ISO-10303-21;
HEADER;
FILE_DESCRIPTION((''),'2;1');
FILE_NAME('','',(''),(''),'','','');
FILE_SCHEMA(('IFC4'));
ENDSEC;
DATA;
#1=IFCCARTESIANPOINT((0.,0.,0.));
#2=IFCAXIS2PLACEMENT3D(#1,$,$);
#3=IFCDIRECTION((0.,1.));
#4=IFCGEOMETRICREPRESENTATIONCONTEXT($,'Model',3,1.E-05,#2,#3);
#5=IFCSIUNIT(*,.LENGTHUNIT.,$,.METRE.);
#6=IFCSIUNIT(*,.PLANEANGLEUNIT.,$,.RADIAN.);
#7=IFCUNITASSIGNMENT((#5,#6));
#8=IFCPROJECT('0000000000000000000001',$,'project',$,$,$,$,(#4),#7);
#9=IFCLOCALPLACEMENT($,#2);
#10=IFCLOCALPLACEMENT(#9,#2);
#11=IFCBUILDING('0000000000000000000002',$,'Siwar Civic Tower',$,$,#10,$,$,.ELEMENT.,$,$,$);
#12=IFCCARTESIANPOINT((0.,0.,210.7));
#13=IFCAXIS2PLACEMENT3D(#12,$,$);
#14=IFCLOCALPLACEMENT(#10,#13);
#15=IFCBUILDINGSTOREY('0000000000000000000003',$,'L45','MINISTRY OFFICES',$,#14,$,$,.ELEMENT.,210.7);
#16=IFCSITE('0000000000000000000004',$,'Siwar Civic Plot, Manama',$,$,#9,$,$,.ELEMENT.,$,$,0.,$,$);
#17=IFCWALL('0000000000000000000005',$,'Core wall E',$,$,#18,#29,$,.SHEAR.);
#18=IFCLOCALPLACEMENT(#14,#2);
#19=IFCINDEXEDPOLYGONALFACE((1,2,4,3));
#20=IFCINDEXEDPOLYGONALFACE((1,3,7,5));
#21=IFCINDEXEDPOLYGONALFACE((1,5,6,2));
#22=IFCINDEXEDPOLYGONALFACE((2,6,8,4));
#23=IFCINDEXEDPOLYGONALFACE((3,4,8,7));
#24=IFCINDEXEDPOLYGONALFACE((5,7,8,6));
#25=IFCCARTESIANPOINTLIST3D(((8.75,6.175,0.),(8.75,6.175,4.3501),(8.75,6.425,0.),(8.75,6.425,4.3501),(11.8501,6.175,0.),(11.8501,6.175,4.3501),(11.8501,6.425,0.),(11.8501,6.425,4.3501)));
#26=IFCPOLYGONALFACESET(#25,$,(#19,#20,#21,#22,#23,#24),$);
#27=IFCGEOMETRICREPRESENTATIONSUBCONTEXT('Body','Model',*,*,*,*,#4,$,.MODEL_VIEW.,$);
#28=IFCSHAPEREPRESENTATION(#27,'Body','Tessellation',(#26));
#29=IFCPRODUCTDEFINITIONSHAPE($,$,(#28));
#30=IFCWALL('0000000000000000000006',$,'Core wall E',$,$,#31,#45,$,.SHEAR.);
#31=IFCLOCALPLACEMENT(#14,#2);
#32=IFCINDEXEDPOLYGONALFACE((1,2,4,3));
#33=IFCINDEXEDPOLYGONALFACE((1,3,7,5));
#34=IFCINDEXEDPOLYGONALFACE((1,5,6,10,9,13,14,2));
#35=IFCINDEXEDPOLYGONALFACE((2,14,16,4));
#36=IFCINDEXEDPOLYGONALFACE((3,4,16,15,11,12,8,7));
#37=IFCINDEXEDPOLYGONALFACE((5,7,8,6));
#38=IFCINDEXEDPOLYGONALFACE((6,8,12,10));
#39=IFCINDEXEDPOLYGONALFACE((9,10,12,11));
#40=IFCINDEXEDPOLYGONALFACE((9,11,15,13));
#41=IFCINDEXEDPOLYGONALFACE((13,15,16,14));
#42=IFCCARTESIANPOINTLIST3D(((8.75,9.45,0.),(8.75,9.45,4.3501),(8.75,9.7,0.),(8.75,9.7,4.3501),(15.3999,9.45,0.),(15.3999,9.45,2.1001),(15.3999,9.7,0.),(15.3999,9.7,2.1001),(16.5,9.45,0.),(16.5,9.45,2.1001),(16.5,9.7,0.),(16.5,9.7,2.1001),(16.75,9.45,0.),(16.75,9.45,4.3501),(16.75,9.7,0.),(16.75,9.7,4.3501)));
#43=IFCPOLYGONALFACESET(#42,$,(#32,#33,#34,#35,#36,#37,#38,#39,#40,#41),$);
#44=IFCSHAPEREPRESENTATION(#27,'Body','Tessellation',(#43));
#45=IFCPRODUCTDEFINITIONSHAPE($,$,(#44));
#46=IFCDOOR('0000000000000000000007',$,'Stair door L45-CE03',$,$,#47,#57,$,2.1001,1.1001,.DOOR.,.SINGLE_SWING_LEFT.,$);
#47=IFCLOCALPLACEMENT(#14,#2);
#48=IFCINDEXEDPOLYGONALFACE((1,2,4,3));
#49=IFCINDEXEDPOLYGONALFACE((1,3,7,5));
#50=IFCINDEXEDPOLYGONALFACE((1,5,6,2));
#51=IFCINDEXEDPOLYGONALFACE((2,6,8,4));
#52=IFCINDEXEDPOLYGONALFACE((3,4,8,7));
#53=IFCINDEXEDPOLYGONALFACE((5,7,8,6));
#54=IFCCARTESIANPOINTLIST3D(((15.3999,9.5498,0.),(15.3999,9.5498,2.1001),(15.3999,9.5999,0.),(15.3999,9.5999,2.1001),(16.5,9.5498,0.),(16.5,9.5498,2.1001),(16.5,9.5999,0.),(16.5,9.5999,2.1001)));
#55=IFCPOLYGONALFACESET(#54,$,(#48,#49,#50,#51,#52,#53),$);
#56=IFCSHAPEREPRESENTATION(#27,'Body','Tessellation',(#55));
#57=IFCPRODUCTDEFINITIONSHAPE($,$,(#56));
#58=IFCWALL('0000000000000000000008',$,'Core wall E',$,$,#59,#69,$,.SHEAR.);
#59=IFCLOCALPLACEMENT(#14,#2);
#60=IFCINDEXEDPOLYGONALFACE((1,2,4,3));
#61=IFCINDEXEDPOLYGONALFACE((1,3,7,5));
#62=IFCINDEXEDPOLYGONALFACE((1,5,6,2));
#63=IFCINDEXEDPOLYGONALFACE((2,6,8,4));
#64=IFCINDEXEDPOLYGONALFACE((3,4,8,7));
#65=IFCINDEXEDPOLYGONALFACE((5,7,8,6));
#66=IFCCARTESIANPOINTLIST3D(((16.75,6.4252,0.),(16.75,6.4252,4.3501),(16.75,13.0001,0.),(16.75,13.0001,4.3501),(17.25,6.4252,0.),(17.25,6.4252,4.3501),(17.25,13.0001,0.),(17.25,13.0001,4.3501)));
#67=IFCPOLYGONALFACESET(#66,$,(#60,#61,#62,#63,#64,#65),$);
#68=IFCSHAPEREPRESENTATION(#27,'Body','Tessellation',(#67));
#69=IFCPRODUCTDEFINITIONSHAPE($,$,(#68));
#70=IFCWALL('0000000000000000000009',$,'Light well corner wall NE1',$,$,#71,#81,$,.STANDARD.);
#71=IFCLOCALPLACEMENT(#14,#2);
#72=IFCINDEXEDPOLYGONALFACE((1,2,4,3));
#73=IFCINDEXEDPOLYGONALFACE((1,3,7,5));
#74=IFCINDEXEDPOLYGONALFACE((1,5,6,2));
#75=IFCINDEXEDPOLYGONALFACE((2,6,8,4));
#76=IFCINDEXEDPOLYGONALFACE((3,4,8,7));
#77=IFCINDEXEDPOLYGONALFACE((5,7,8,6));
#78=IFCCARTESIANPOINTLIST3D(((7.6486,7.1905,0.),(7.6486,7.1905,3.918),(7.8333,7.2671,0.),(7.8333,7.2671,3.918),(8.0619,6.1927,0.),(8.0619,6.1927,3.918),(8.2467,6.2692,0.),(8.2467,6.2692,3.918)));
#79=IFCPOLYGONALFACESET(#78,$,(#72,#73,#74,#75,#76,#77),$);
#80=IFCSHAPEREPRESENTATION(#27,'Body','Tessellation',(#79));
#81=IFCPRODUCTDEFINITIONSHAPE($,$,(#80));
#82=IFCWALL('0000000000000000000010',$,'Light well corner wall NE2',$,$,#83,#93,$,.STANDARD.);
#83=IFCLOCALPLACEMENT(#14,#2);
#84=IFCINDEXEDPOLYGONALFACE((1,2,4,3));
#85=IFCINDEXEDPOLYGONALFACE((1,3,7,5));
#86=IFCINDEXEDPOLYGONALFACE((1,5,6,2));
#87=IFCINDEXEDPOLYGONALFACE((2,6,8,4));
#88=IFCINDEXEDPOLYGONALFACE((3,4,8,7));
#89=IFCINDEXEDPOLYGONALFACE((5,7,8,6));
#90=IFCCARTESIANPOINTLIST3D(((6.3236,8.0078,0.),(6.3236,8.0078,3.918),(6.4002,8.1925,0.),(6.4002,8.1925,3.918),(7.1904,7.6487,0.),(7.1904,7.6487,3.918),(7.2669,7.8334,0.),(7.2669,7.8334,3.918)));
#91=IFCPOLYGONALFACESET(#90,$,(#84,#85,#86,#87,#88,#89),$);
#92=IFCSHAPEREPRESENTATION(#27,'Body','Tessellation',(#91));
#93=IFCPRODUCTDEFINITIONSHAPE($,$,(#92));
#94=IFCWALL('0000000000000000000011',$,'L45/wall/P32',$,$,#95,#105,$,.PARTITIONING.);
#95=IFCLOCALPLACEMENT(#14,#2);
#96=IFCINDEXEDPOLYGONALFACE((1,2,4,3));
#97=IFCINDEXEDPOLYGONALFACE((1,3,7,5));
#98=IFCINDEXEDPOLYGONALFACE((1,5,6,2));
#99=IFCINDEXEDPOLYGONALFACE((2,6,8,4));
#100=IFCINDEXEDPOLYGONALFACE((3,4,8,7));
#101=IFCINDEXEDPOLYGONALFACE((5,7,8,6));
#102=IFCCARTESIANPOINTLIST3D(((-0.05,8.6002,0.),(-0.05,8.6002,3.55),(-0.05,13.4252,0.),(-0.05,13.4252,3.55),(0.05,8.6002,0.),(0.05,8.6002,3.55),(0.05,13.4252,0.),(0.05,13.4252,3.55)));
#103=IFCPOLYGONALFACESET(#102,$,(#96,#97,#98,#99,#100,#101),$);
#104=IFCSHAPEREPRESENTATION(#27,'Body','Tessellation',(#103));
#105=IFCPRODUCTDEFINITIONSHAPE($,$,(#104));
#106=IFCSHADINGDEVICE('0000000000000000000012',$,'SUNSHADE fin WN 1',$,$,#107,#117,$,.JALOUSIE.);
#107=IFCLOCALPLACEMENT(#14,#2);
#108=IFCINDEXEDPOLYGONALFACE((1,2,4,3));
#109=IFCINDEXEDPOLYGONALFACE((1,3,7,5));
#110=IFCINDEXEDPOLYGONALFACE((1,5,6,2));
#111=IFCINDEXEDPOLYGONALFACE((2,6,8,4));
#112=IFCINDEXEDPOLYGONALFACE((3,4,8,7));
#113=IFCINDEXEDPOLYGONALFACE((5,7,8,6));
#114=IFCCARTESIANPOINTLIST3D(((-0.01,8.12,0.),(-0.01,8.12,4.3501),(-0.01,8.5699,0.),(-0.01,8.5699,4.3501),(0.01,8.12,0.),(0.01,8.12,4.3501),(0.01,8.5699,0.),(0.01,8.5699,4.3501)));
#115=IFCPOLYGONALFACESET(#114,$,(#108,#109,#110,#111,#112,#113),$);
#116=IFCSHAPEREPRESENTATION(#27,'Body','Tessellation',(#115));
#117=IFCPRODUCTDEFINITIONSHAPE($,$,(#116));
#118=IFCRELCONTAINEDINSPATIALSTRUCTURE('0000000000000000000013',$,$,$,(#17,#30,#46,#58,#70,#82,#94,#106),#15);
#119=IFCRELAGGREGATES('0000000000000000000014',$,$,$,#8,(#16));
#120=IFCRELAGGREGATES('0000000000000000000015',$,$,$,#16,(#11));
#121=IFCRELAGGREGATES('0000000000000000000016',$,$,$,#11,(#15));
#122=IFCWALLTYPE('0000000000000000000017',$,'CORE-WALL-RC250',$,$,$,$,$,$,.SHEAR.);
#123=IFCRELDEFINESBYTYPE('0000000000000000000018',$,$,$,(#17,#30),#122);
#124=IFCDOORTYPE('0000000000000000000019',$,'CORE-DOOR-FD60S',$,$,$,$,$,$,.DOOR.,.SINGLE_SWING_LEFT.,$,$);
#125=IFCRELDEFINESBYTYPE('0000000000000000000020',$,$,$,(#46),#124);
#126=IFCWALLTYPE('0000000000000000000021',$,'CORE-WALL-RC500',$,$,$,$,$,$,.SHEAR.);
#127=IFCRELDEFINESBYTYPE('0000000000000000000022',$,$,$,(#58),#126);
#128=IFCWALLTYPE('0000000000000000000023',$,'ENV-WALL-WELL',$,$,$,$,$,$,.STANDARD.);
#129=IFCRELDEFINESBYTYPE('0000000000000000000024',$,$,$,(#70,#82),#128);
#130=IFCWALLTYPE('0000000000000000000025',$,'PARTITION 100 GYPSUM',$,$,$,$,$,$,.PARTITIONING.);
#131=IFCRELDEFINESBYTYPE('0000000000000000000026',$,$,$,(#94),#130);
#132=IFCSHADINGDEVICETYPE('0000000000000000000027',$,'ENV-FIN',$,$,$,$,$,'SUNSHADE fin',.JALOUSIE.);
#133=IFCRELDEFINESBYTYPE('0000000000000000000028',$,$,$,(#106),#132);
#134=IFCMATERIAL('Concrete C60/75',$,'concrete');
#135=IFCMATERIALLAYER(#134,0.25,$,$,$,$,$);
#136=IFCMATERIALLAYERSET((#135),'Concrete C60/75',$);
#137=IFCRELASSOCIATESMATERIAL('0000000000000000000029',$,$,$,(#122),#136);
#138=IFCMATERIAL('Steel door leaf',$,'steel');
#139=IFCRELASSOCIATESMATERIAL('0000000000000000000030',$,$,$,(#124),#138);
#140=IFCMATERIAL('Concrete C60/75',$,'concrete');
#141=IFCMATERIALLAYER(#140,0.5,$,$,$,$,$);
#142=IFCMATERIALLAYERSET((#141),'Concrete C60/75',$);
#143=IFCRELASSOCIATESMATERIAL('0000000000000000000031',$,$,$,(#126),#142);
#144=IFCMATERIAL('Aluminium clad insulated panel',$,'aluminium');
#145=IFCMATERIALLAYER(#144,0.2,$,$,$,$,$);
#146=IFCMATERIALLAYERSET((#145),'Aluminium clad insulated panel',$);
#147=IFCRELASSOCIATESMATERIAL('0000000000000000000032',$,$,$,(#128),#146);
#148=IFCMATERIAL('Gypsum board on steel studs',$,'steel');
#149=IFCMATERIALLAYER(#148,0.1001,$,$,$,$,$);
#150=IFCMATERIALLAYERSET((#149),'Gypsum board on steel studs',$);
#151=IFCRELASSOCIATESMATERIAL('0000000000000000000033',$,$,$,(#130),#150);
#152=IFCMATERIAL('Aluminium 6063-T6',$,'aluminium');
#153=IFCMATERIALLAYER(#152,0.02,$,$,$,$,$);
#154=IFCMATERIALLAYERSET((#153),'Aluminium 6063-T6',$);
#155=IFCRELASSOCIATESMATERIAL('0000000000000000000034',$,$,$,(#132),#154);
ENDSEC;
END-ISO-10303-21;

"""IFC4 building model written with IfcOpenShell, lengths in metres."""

from ifc_helpers import new_model, si_unit, direction, frame, frame_2d, origin, origin_2d, place, context, subcontext, project, spatial, rectangle, extrude, material, layer, layer_set, type_object, element, fill, save


model = new_model("IFC4")

# Units and contexts
model_context = context("Model", 3, precision=1e-05, world=origin(), true_north=direction((0.0, 1.0)))
body_context = subcontext(model_context, "Body", "Model", "MODEL_VIEW")
ifc_project = project(units=[si_unit("LENGTHUNIT", "METRE"), si_unit("PLANEANGLEUNIT", "RADIAN")], contexts=[model_context])

# Site, building, storey
site_placement = place(None, origin())
site = spatial("IfcSite", under=ifc_project, at=site_placement, Name="Siwar Civic Plot, Manama", CompositionType="ELEMENT", RefElevation=0.0)
building_placement = place(site_placement, origin())
building = spatial("IfcBuilding", under=site, at=building_placement, Name="Siwar Civic Tower", CompositionType="ELEMENT")
storey_placement = place(building_placement, frame((0.0, 0.0, 210.7)))
storey = spatial("IfcBuildingStorey", under=building, at=storey_placement, Name="L45", Description="MINISTRY OFFICES", CompositionType="ELEMENT", Elevation=210.7)

# Shared definitions
ifc_material_1 = material(Name="Concrete C60/75", Category="concrete")
ifc_layer_1 = layer(ifc_material_1, 0.25)
ifc_layer_set_1 = layer_set([ifc_layer_1], Name="Concrete C60/75")
wall_type_1 = type_object("IfcWallType", Name="CORE-WALL-RC250", PredefinedType="SHEAR", material=ifc_layer_set_1)

# Wall
for number, where, z_axis, x_axis, name in (
    (1, (8.75, 6.3, 0.0), (0.0, 0.0, 1.0), (1.0, 0.0, 0.0), "Core wall E"),
):
    element("IfcWall", number, at=place(storey_placement, frame(where, z_axis=z_axis, x_axis=x_axis)), inside=storey, type_object=wall_type_1, Name=name, PredefinedType="SHEAR", context=body_context, shape_type="SweptSolid", body=[
        extrude(rectangle(XDim=3.1001, YDim=0.25, at=frame_2d((1.55, 0.0))), origin(), (0.0, 0.0, 1.0), 4.3501),
    ])

# Wall, opening, door
wall_1_placement = place(storey_placement, frame((8.75, 9.575, 0.0), z_axis=(0.0, 0.0, 1.0), x_axis=(1.0, 0.0, 0.0)))
wall_1 = element("IfcWall", 2, at=wall_1_placement, inside=storey, type_object=wall_type_1, Name="Core wall E", PredefinedType="SHEAR", context=body_context, shape_type="SweptSolid", body=[
    extrude(rectangle(XDim=8.0, YDim=0.25, at=frame_2d((4.0, 0.0))), origin(), (0.0, 0.0, 1.0), 4.3501),
])
opening_1_placement = place(wall_1_placement, frame((6.6499, 0.0, 0.0)))
opening_1 = element("IfcOpeningElement", 3, at=opening_1_placement, cuts=wall_1, PredefinedType="OPENING", context=body_context, shape_type="SweptSolid", body=[
    extrude(rectangle(XDim=1.1001, YDim=2.1001, at=frame_2d((0.55, 1.05))), frame((0.0, 0.135, 0.0), z_axis=(0.0, -1.0, 0.0), x_axis=(1.0, 0.0, 0.0)), (0.0, 0.0, 1.0), 0.27),
])
ifc_material_2 = material(Name="Steel door leaf", Category="steel")
door_type_1 = type_object("IfcDoorType", Name="CORE-DOOR-FD60S", OperationType="SINGLE_SWING_LEFT", PredefinedType="DOOR", material=ifc_material_2)
door_1_placement = place(opening_1_placement, origin())
door_1 = element("IfcDoor", 4, at=door_1_placement, inside=storey, type_object=door_type_1, Name="Stair door L45-CE03", OperationType="SINGLE_SWING_LEFT", OverallHeight=2.1001, OverallWidth=1.1001, PredefinedType="DOOR", context=body_context, shape_type="SweptSolid", body=[
    extrude(rectangle(XDim=1.1001, YDim=2.1001, at=frame_2d((0.55, 1.05))), frame((0.0, 0.0249, 0.0), z_axis=(0.0, -1.0, 0.0), x_axis=(1.0, 0.0, 0.0)), (0.0, 0.0, 1.0), 0.05),
])
fill(opening_1, door_1)

# Walls
ifc_material_3 = material(Name="Concrete C60/75", Category="concrete")
ifc_layer_2 = layer(ifc_material_3, 0.5)
ifc_layer_set_2 = layer_set([ifc_layer_2], Name="Concrete C60/75")
wall_type_2 = type_object("IfcWallType", Name="CORE-WALL-RC500", PredefinedType="SHEAR", material=ifc_layer_set_2)
wall_2_placement = place(storey_placement, frame((17.0, 6.425, 0.0), z_axis=(0.0, 0.0, 1.0), x_axis=(0.0, 1.0, 0.0)))
element("IfcWall", 5, at=wall_2_placement, inside=storey, type_object=wall_type_2, Name="Core wall E", PredefinedType="SHEAR", context=body_context, shape_type="SweptSolid", body=[
    extrude(rectangle(XDim=6.575, YDim=0.5, at=frame_2d((3.2876, 0.0))), origin(), (0.0, 0.0, 1.0), 4.3501),
])
ifc_material_4 = material(Name="Aluminium clad insulated panel", Category="aluminium")
ifc_layer_3 = layer(ifc_material_4, 0.2)
ifc_layer_set_3 = layer_set([ifc_layer_3], Name="Aluminium clad insulated panel")
wall_type_3 = type_object("IfcWallType", Name="ENV-WALL-WELL", PredefinedType="STANDARD", material=ifc_layer_set_3)
wall_3_placement = place(storey_placement, frame((8.1543, 6.231, 0.0), z_axis=(0.0, 0.0, 1.0), x_axis=(-0.382704, 0.923871, 0.0)))
element("IfcWall", 6, at=wall_3_placement, inside=storey, type_object=wall_type_3, Name="Light well corner wall NE1", PredefinedType="STANDARD", context=body_context, shape_type="SweptSolid", body=[
    extrude(rectangle(XDim=1.0801, YDim=0.2, at=frame_2d((0.54, 0.0))), origin(), (0.0, 0.0, 1.0), 3.918),
])
wall_4_placement = place(storey_placement, frame((7.2288, 7.741, 0.0), z_axis=(0.0, 0.0, 1.0), x_axis=(-0.92383, 0.382804, 0.0)))
element("IfcWall", 7, at=wall_4_placement, inside=storey, type_object=wall_type_3, Name="Light well corner wall NE2", PredefinedType="STANDARD", context=body_context, shape_type="SweptSolid", body=[
    extrude(rectangle(XDim=0.9382, YDim=0.2, at=frame_2d((0.4692, 0.0))), origin(), (0.0, 0.0, 1.0), 3.918),
])
ifc_material_5 = material(Name="Gypsum board on steel studs", Category="steel")
ifc_layer_4 = layer(ifc_material_5, 0.1001)
ifc_layer_set_4 = layer_set([ifc_layer_4], Name="Gypsum board on steel studs")
wall_type_4 = type_object("IfcWallType", Name="PARTITION 100 GYPSUM", PredefinedType="PARTITIONING", material=ifc_layer_set_4)
wall_5_placement = place(storey_placement, frame((0.0, 8.6001, 0.0), z_axis=(0.0, 0.0, 1.0), x_axis=(0.0, 1.0, 0.0)))
element("IfcWall", 8, at=wall_5_placement, inside=storey, type_object=wall_type_4, Name="L45/wall/P32", PredefinedType="PARTITIONING", context=body_context, shape_type="SweptSolid", body=[
    extrude(rectangle(XDim=4.825, YDim=0.1001, at=frame_2d((2.4126, 0.0))), origin(), (0.0, 0.0, 1.0), 3.55),
])

# Shading device
ifc_material_6 = material(Name="Aluminium 6063-T6", Category="aluminium")
ifc_layer_5 = layer(ifc_material_6, 0.02)
ifc_layer_set_5 = layer_set([ifc_layer_5], Name="Aluminium 6063-T6")
shading_device_type = type_object("IfcShadingDeviceType", Name="ENV-FIN", ElementType="SUNSHADE fin", PredefinedType="JALOUSIE", material=ifc_layer_set_5)
shading_device_placement = place(storey_placement, frame((0.0, 8.345, 0.0), z_axis=(0.0, 0.0, 1.0), x_axis=(-1.0, 0.0, 0.0)))
element("IfcShadingDevice", 9, at=shading_device_placement, inside=storey, type_object=shading_device_type, Name="SUNSHADE fin WN 1", PredefinedType="JALOUSIE", context=body_context, shape_type="SweptSolid", body=[
    extrude(rectangle(XDim=0.02, YDim=0.45, at=origin_2d()), origin(), (0.0, 0.0, 1.0), 4.3501),
])

save(model, "model.ifc")
